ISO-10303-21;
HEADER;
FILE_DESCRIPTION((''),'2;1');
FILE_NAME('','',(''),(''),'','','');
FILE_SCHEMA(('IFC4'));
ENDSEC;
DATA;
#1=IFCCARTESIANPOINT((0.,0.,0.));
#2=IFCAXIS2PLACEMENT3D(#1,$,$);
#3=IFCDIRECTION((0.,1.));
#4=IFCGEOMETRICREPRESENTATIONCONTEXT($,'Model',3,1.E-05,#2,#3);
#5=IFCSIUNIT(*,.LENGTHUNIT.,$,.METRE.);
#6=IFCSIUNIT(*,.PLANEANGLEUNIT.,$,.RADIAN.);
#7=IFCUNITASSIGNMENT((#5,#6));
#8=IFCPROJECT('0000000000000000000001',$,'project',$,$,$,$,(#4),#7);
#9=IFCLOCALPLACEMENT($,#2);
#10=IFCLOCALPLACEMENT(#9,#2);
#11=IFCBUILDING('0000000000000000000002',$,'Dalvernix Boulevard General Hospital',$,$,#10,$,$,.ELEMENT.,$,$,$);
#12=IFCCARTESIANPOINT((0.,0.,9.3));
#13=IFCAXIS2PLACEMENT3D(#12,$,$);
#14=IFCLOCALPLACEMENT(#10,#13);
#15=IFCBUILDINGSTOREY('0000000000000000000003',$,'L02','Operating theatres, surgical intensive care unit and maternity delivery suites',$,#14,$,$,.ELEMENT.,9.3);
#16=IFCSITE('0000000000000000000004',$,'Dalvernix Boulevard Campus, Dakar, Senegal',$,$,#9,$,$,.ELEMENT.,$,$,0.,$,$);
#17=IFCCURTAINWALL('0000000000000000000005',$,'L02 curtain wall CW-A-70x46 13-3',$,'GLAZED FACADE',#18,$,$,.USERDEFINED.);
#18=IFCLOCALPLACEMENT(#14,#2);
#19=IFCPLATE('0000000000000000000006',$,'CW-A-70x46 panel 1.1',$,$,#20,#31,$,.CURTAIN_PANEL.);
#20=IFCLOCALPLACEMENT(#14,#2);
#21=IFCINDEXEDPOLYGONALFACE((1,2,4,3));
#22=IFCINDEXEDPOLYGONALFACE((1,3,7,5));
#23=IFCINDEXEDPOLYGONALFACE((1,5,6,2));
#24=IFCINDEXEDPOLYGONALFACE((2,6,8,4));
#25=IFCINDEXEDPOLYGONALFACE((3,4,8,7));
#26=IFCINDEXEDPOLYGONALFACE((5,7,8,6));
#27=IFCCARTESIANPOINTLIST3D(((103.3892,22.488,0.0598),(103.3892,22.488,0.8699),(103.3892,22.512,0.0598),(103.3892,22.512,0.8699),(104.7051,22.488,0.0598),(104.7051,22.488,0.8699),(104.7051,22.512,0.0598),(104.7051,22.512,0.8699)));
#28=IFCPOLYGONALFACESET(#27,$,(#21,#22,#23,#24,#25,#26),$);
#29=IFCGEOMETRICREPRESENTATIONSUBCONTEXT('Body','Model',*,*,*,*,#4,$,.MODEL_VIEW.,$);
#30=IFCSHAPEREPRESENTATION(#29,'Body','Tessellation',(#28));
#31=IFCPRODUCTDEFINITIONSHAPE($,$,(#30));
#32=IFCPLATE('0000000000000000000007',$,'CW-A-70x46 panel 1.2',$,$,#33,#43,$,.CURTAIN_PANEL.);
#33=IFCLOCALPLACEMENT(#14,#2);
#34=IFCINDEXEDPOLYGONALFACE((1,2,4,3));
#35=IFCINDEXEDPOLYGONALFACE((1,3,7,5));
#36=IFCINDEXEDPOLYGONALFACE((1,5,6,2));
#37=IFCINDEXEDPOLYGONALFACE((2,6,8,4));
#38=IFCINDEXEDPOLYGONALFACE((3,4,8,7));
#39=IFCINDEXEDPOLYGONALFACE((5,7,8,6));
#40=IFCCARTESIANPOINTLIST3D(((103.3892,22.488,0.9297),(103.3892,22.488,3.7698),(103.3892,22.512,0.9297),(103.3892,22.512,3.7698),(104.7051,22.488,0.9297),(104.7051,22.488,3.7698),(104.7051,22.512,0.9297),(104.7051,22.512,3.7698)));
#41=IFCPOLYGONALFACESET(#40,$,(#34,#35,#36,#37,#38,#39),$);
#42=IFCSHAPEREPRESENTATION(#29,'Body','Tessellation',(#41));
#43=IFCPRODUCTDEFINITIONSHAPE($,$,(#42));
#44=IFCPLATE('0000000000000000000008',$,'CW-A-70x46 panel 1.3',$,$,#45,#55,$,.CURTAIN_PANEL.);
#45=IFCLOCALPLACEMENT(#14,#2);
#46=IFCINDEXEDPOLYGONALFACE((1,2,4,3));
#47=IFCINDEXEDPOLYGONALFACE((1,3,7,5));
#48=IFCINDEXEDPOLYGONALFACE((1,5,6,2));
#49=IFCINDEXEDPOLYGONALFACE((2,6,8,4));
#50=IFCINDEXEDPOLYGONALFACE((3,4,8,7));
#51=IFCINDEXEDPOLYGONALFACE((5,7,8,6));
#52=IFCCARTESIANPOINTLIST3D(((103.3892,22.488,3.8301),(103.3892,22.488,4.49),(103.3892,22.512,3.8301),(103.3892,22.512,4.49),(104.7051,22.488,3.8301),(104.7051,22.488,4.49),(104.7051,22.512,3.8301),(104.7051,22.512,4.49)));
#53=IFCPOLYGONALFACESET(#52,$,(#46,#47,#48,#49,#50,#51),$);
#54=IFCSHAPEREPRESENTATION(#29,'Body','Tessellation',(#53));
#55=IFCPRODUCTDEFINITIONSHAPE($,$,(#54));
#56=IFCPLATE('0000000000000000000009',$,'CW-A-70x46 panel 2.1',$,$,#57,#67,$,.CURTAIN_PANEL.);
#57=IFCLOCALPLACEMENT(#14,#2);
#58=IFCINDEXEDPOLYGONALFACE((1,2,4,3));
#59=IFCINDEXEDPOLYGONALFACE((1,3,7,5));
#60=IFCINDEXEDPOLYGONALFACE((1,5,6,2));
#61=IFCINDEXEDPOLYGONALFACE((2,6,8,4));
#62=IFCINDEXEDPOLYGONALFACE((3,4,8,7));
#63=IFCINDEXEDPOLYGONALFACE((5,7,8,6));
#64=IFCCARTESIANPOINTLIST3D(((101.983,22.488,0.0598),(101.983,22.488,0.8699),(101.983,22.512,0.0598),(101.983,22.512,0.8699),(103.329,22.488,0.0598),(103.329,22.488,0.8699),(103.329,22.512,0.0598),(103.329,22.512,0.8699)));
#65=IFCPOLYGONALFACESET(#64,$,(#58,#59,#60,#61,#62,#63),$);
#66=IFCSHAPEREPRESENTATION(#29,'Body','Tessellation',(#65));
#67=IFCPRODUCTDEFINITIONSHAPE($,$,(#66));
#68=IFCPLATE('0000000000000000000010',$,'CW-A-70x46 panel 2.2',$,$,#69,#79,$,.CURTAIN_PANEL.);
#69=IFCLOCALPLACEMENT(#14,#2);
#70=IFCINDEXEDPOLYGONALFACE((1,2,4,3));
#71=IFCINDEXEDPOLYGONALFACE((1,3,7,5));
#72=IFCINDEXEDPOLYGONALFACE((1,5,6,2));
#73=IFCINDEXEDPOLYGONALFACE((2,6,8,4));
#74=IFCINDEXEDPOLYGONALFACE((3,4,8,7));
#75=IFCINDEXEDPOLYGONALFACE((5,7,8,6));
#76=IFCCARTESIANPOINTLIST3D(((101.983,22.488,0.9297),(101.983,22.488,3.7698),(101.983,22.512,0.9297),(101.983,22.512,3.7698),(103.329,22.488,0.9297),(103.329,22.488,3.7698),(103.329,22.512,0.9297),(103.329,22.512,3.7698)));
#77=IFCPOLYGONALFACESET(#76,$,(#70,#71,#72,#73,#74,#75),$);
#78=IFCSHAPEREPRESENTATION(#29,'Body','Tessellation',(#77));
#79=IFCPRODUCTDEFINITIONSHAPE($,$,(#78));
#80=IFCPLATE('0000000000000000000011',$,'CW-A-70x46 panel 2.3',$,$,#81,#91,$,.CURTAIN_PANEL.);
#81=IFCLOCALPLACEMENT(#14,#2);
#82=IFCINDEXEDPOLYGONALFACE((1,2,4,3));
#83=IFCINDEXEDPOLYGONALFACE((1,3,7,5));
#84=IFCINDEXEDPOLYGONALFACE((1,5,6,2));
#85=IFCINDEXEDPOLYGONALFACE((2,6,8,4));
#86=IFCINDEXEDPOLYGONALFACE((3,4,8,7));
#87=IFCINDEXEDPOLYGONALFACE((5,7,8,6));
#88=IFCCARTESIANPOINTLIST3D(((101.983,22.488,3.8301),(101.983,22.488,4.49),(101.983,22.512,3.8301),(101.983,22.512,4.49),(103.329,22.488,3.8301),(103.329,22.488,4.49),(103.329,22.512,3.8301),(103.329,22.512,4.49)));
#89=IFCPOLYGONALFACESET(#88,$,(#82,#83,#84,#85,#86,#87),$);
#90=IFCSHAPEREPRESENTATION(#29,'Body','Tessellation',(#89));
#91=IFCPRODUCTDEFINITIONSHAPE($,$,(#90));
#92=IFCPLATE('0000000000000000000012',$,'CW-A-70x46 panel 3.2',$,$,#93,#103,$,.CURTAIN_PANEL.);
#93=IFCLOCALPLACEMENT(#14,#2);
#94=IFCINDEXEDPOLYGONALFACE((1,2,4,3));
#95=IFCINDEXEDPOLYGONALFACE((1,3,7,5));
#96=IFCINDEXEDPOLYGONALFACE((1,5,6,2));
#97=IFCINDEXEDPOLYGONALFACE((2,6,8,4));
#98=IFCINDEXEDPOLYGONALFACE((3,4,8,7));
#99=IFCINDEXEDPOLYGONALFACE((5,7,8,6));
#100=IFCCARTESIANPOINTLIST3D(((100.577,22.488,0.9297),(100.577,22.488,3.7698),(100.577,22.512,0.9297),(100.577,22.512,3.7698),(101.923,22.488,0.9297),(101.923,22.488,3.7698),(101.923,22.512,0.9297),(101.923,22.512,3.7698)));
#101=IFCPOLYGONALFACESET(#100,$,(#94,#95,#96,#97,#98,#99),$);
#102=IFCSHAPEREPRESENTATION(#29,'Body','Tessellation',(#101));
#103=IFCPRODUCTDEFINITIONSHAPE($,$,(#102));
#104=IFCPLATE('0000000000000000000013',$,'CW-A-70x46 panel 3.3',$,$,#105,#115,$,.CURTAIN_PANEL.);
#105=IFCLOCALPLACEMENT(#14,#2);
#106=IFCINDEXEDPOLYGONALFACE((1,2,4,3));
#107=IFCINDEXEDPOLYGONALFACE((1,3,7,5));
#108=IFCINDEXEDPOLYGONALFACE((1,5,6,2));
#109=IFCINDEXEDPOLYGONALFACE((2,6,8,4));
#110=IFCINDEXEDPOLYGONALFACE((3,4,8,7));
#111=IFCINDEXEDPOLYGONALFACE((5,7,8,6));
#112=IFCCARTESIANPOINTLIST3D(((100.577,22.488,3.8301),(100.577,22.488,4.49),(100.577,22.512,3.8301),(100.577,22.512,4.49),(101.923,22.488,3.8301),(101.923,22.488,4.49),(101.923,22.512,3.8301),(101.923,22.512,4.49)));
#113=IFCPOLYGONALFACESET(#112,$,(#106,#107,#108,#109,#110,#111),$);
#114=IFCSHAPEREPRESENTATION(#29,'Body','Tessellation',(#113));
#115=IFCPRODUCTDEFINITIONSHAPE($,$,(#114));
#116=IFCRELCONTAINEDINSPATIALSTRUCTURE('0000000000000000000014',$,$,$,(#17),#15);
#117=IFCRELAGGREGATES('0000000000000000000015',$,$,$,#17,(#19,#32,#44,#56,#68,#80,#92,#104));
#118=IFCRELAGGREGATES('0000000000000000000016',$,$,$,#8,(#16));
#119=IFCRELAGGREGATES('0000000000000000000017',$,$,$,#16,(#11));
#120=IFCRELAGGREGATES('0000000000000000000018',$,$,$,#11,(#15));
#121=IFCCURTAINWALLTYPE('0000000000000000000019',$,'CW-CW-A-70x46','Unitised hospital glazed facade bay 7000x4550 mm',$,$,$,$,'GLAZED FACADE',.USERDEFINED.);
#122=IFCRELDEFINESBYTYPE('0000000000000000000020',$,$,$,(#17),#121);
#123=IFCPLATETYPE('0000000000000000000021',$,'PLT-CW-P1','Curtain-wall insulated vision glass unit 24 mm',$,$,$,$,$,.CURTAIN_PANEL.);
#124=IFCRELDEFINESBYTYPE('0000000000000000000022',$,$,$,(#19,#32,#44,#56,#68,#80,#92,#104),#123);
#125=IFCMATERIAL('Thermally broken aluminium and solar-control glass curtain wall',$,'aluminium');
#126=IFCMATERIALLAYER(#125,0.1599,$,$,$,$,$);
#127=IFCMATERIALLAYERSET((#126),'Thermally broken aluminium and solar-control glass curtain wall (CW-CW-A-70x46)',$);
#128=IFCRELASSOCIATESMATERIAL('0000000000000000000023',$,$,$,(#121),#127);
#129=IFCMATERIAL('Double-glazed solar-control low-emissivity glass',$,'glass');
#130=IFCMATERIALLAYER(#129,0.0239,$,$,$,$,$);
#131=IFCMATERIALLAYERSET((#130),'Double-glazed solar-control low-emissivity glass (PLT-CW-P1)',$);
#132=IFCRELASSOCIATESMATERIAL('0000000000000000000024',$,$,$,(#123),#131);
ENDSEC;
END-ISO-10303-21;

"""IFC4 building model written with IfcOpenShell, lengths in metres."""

from ifc_helpers import new_model, si_unit, direction, frame, origin, origin_2d, place, context, subcontext, project, spatial, rectangle, extrude, material, layer, layer_set, type_object, element, aggregate, save


model = new_model("IFC4")

# Units and contexts
model_context = context("Model", 3, precision=1e-05, world=origin(), true_north=direction((0.0, 1.0)))
body_context = subcontext(model_context, "Body", "Model", "MODEL_VIEW")
ifc_project = project(units=[si_unit("LENGTHUNIT", "METRE"), si_unit("PLANEANGLEUNIT", "RADIAN")], contexts=[model_context])

# Site, building, storey
site_placement = place(None, origin())
site = spatial("IfcSite", under=ifc_project, at=site_placement, Name="Dalvernix Boulevard Campus, Dakar, Senegal", CompositionType="ELEMENT", RefElevation=0.0)
building_placement = place(site_placement, origin())
building = spatial("IfcBuilding", under=site, at=building_placement, Name="Dalvernix Boulevard General Hospital", CompositionType="ELEMENT")
storey_placement = place(building_placement, frame((0.0, 0.0, 9.3)))
storey = spatial("IfcBuildingStorey", under=building, at=storey_placement, Name="L02", Description="Operating theatres, surgical intensive care unit and maternity delivery suites", CompositionType="ELEMENT", Elevation=9.3)

# Curtain wall, plates
ifc_material_1 = material(Name="Thermally broken aluminium and solar-control glass curtain wall", Category="aluminium")
ifc_layer_1 = layer(ifc_material_1, 0.1599)
ifc_layer_set_1 = layer_set([ifc_layer_1], Name="Thermally broken aluminium and solar-control glass curtain wall (CW-CW-A-70x46)")
curtain_wall_type = type_object("IfcCurtainWallType", Name="CW-CW-A-70x46", Description="Unitised hospital glazed facade bay 7000x4550 mm", ElementType="GLAZED FACADE", PredefinedType="USERDEFINED", material=ifc_layer_set_1)
curtain_wall_placement = place(storey_placement, origin())
curtain_wall = element("IfcCurtainWall", 1, at=curtain_wall_placement, inside=storey, type_object=curtain_wall_type, Name="L02 curtain wall CW-A-70x46 13-3", ObjectType="GLAZED FACADE", PredefinedType="USERDEFINED")
ifc_material_2 = material(Name="Double-glazed solar-control low-emissivity glass", Category="glass")
ifc_layer_2 = layer(ifc_material_2, 0.0239)
ifc_layer_set_2 = layer_set([ifc_layer_2], Name="Double-glazed solar-control low-emissivity glass (PLT-CW-P1)")
plate_type = type_object("IfcPlateType", Name="PLT-CW-P1", Description="Curtain-wall insulated vision glass unit 24 mm", PredefinedType="CURTAIN_PANEL", material=ifc_layer_set_2)
plate_1_placement = place(storey_placement, frame((104.0471, 22.5, 0.0598), z_axis=(0.0, 0.0, 1.0), x_axis=(-1.0, 0.0, 0.0)))
plate_1 = element("IfcPlate", 2, at=plate_1_placement, type_object=plate_type, Name="CW-A-70x46 panel 1.1", PredefinedType="CURTAIN_PANEL", context=body_context, shape_type="SweptSolid", body=[
    extrude(rectangle(XDim=1.3159, YDim=0.0239, at=origin_2d()), origin(), (0.0, 0.0, 1.0), 0.8101),
])
plate_2_placement = place(storey_placement, frame((104.0471, 22.5, 0.9297), z_axis=(0.0, 0.0, 1.0), x_axis=(-1.0, 0.0, 0.0)))
plate_2 = element("IfcPlate", 3, at=plate_2_placement, type_object=plate_type, Name="CW-A-70x46 panel 1.2", PredefinedType="CURTAIN_PANEL", context=body_context, shape_type="SweptSolid", body=[
    extrude(rectangle(XDim=1.3159, YDim=0.0239, at=origin_2d()), origin(), (0.0, 0.0, 1.0), 2.8401),
])
plate_3_placement = place(storey_placement, frame((104.0471, 22.5, 3.8301), z_axis=(0.0, 0.0, 1.0), x_axis=(-1.0, 0.0, 0.0)))
plate_3 = element("IfcPlate", 4, at=plate_3_placement, type_object=plate_type, Name="CW-A-70x46 panel 1.3", PredefinedType="CURTAIN_PANEL", context=body_context, shape_type="SweptSolid", body=[
    extrude(rectangle(XDim=1.3159, YDim=0.0239, at=origin_2d()), origin(), (0.0, 0.0, 1.0), 0.6599),
])
plate_4_placement = place(storey_placement, frame((102.656, 22.5, 0.0598), z_axis=(0.0, 0.0, 1.0), x_axis=(-1.0, 0.0, 0.0)))
plate_4 = element("IfcPlate", 5, at=plate_4_placement, type_object=plate_type, Name="CW-A-70x46 panel 2.1", PredefinedType="CURTAIN_PANEL", context=body_context, shape_type="SweptSolid", body=[
    extrude(rectangle(XDim=1.3459, YDim=0.0239, at=origin_2d()), origin(), (0.0, 0.0, 1.0), 0.8101),
])
plate_5_placement = place(storey_placement, frame((102.656, 22.5, 0.9297), z_axis=(0.0, 0.0, 1.0), x_axis=(-1.0, 0.0, 0.0)))
plate_5 = element("IfcPlate", 6, at=plate_5_placement, type_object=plate_type, Name="CW-A-70x46 panel 2.2", PredefinedType="CURTAIN_PANEL", context=body_context, shape_type="SweptSolid", body=[
    extrude(rectangle(XDim=1.3459, YDim=0.0239, at=origin_2d()), origin(), (0.0, 0.0, 1.0), 2.8401),
])
plate_6_placement = place(storey_placement, frame((102.656, 22.5, 3.8301), z_axis=(0.0, 0.0, 1.0), x_axis=(-1.0, 0.0, 0.0)))
plate_6 = element("IfcPlate", 7, at=plate_6_placement, type_object=plate_type, Name="CW-A-70x46 panel 2.3", PredefinedType="CURTAIN_PANEL", context=body_context, shape_type="SweptSolid", body=[
    extrude(rectangle(XDim=1.3459, YDim=0.0239, at=origin_2d()), origin(), (0.0, 0.0, 1.0), 0.6599),
])
plate_7_placement = place(storey_placement, frame((101.25, 22.5, 0.9297), z_axis=(0.0, 0.0, 1.0), x_axis=(-1.0, 0.0, 0.0)))
plate_7 = element("IfcPlate", 8, at=plate_7_placement, type_object=plate_type, Name="CW-A-70x46 panel 3.2", PredefinedType="CURTAIN_PANEL", context=body_context, shape_type="SweptSolid", body=[
    extrude(rectangle(XDim=1.3459, YDim=0.0239, at=origin_2d()), origin(), (0.0, 0.0, 1.0), 2.8401),
])
plate_8_placement = place(storey_placement, frame((101.25, 22.5, 3.8301), z_axis=(0.0, 0.0, 1.0), x_axis=(-1.0, 0.0, 0.0)))
plate_8 = element("IfcPlate", 9, at=plate_8_placement, type_object=plate_type, Name="CW-A-70x46 panel 3.3", PredefinedType="CURTAIN_PANEL", context=body_context, shape_type="SweptSolid", body=[
    extrude(rectangle(XDim=1.3459, YDim=0.0239, at=origin_2d()), origin(), (0.0, 0.0, 1.0), 0.6599),
])
aggregate(curtain_wall, [plate_1, plate_2, plate_3, plate_4, plate_5, plate_6, plate_7, plate_8])

save(model, "model.ifc")
